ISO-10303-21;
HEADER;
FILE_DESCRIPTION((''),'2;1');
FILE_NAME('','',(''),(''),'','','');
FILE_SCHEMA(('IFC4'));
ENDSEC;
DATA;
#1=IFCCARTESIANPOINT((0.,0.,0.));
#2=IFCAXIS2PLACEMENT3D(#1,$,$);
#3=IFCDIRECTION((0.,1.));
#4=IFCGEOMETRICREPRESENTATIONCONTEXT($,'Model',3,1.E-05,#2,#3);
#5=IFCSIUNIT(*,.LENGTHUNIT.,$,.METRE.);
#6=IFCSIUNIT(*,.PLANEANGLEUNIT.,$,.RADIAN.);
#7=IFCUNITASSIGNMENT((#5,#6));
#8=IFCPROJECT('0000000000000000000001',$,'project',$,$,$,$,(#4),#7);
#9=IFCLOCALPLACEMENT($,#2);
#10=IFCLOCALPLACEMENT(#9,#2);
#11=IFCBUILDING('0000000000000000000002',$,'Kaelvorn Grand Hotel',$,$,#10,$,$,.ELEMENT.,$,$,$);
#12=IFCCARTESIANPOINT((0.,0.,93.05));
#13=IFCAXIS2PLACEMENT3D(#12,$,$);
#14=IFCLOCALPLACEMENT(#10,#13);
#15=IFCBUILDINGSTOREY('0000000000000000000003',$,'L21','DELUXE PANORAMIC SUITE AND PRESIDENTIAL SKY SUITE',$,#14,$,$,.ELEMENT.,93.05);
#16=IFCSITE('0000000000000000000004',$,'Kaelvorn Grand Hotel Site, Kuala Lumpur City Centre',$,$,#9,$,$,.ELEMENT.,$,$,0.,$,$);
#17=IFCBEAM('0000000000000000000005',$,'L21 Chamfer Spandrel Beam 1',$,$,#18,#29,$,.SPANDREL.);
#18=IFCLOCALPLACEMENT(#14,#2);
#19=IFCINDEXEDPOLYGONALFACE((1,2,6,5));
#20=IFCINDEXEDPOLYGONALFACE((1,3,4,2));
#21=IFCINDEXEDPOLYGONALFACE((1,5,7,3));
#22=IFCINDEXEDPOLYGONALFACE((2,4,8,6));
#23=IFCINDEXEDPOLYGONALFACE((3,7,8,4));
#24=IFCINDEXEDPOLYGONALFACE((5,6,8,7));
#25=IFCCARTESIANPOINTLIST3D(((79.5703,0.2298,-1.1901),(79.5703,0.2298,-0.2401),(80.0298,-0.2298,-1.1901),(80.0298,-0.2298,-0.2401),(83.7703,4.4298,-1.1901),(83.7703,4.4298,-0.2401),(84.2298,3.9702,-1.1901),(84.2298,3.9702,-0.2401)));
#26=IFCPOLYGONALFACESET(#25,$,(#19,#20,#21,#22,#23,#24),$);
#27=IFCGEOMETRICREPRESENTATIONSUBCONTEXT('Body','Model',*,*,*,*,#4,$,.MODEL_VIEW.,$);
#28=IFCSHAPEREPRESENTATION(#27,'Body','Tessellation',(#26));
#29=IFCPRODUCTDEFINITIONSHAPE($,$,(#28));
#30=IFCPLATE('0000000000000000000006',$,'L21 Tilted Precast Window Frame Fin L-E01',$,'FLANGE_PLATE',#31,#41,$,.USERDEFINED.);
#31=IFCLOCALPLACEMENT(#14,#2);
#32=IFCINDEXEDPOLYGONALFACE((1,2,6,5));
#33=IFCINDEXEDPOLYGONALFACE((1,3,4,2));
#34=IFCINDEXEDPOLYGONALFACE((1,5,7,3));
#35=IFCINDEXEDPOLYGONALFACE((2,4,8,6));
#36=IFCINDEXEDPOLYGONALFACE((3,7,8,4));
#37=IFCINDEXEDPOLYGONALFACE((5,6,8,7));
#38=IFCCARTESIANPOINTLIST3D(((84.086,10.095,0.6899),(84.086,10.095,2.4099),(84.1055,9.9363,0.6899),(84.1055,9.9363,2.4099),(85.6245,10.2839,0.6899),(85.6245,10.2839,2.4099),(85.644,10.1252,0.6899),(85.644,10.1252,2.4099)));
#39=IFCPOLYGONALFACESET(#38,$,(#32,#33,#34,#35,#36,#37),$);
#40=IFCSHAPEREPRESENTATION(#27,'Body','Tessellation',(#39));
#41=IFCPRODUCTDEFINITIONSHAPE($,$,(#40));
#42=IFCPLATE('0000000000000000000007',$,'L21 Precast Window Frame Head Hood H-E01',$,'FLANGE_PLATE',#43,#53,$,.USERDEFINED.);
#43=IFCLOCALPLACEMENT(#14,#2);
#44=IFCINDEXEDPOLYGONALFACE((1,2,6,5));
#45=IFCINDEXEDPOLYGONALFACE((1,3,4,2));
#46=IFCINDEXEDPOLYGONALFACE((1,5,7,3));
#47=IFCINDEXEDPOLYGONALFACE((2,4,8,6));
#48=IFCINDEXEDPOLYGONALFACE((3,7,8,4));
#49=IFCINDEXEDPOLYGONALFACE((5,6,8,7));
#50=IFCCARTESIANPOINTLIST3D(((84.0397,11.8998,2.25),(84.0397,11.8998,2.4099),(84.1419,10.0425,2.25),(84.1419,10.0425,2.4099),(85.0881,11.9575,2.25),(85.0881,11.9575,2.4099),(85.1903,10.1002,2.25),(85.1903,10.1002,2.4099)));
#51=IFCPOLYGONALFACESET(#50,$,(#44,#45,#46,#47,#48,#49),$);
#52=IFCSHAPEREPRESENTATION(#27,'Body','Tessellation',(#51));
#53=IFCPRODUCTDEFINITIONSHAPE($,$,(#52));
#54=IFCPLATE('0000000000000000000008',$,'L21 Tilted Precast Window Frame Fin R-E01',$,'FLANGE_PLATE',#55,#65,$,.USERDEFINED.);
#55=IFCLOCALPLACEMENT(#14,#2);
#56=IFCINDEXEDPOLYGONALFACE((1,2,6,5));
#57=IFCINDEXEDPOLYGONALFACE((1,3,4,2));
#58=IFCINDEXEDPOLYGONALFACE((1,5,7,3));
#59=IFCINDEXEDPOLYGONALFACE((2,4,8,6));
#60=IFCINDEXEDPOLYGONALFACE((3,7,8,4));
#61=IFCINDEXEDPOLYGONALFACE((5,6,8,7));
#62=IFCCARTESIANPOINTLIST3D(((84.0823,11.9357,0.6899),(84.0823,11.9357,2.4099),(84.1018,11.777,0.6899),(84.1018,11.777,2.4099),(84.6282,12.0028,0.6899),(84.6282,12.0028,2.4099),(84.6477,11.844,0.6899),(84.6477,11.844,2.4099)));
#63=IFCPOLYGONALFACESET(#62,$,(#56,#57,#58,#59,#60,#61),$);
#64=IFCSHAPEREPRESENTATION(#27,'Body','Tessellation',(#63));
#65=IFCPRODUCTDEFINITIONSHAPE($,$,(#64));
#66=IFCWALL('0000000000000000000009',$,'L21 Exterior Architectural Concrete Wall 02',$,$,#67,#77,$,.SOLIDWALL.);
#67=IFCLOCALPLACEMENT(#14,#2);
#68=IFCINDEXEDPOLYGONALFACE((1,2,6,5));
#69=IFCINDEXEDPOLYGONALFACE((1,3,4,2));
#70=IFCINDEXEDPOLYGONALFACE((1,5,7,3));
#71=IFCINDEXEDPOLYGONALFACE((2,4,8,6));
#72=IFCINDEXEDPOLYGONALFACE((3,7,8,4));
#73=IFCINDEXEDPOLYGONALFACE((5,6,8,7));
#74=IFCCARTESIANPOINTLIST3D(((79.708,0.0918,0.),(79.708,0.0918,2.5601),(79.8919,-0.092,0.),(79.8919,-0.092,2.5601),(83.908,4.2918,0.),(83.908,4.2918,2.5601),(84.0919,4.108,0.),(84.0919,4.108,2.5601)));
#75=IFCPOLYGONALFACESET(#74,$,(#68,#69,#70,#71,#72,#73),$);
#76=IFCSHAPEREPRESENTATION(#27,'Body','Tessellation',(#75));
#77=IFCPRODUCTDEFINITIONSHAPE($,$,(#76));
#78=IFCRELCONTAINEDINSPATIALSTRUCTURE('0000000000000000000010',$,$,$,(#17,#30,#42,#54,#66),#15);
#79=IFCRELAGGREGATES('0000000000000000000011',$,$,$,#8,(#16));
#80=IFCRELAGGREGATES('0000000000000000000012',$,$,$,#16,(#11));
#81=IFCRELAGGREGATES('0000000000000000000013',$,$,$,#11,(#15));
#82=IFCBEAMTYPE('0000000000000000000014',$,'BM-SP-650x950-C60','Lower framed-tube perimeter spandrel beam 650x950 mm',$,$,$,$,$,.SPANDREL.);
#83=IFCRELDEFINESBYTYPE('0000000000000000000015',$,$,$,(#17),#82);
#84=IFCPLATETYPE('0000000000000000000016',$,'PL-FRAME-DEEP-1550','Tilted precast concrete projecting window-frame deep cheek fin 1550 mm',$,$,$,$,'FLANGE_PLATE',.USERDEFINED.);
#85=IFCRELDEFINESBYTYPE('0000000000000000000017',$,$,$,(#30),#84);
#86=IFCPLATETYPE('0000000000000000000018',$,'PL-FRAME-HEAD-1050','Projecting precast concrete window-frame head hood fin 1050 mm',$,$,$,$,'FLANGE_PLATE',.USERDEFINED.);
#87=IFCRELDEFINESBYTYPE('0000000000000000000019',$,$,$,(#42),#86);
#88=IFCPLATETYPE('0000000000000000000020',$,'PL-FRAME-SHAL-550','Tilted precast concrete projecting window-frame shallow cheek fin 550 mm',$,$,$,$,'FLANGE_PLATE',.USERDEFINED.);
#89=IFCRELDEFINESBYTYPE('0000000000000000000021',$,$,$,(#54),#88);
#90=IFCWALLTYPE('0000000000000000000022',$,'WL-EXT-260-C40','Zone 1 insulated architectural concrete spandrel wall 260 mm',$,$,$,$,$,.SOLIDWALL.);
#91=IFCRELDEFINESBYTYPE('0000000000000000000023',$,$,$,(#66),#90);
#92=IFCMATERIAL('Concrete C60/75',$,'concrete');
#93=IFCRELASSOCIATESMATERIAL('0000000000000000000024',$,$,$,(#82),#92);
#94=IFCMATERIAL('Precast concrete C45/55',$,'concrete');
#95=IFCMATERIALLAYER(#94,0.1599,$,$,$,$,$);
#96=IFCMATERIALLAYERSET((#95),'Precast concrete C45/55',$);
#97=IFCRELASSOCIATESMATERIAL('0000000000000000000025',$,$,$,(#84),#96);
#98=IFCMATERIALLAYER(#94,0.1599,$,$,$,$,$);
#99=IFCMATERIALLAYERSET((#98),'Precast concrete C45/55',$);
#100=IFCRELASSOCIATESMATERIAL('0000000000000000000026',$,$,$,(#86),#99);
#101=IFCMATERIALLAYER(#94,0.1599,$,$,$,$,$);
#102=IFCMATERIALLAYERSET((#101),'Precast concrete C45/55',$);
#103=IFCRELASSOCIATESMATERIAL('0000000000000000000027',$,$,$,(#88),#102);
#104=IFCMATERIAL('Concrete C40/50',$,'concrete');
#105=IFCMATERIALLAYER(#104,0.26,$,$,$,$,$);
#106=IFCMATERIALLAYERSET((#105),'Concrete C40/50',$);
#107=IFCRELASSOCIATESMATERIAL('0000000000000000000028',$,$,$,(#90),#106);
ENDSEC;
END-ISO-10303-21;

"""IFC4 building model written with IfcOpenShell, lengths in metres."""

from ifc_helpers import new_model, si_unit, direction, frame, frame_2d, origin, origin_2d, place, context, subcontext, project, spatial, rectangle, extrude, material, layer, layer_set, material_profile, profile_set, type_object, element, save


model = new_model("IFC4")

# Units and contexts
model_context = context("Model", 3, precision=1e-05, world=origin(), true_north=direction((0.0, 1.0)))
body_context = subcontext(model_context, "Body", "Model", "MODEL_VIEW")
ifc_project = project(units=[si_unit("LENGTHUNIT", "METRE"), si_unit("PLANEANGLEUNIT", "RADIAN")], contexts=[model_context])

# Site, building, storey
site_placement = place(None, origin())
site = spatial("IfcSite", under=ifc_project, at=site_placement, Name="Kaelvorn Grand Hotel Site, Kuala Lumpur City Centre", CompositionType="ELEMENT", RefElevation=0.0)
building_placement = place(site_placement, origin())
building = spatial("IfcBuilding", under=site, at=building_placement, Name="Kaelvorn Grand Hotel", CompositionType="ELEMENT")
storey_placement = place(building_placement, frame((0.0, 0.0, 93.05)))
storey = spatial("IfcBuildingStorey", under=building, at=storey_placement, Name="L21", Description="DELUXE PANORAMIC SUITE AND PRESIDENTIAL SKY SUITE", CompositionType="ELEMENT", Elevation=93.05)

# Shared definitions
ifc_material_1 = material(Name="Concrete C60/75", Category="concrete")

# Beam
ifc_material_2 = material(Name="Concrete C40/50", Category="concrete")
ifc_material_profile_1 = material_profile(ifc_material_1, rectangle(XDim=0.6499, YDim=0.95, at=origin_2d()), Name="RC SPANDREL 650x950")
ifc_profile_set_1 = profile_set([ifc_material_profile_1], Name="Concrete C60/75")
beam_type_1 = type_object("IfcBeamType", Name="BM-SP-650x950-C60", Description="Lower framed-tube perimeter spandrel beam 650x950 mm", PredefinedType="SPANDREL", material=ifc_profile_set_1)
beam_1_placement = place(storey_placement, frame((79.8, 0.0, -0.7151), z_axis=(0.707107, 0.707107, 0.0), x_axis=(-0.707107, 0.707107, 0.0)))
element("IfcBeam", 1, at=beam_1_placement, inside=storey, type_object=beam_type_1, Name="L21 Chamfer Spandrel Beam 1", PredefinedType="SPANDREL", context=body_context, shape_type="SweptSolid", body=[
    extrude(rectangle(XDim=0.6499, YDim=0.95, at=origin_2d()), origin(), (0.0, 0.0, 1.0), 5.9397),
])

# Plates
ifc_material_3 = material(Name="Precast concrete C45/55", Category="concrete")
ifc_layer_1 = layer(ifc_material_3, 0.1599)
ifc_layer_set_1 = layer_set([ifc_layer_1], Name="Precast concrete C45/55")
plate_type_1 = type_object("IfcPlateType", Name="PL-FRAME-DEEP-1550", Description="Tilted precast concrete projecting window-frame deep cheek fin 1550 mm", ElementType="FLANGE_PLATE", PredefinedType="USERDEFINED", material=ifc_layer_set_1)
plate_1_placement = place(storey_placement, frame((84.865, 10.1101, 0.6899), z_axis=(0.0, 0.0, 1.0), x_axis=(-0.121869, 0.992546, 0.0)))
element("IfcPlate", 2, at=plate_1_placement, inside=storey, type_object=plate_type_1, Name="L21 Tilted Precast Window Frame Fin L-E01", ObjectType="FLANGE_PLATE", PredefinedType="USERDEFINED", context=body_context, shape_type="SweptSolid", body=[
    extrude(rectangle(XDim=0.1599, YDim=1.55, at=origin_2d()), origin(), (0.0, 0.0, 1.0), 1.72),
])
ifc_layer_2 = layer(ifc_material_3, 0.1599)
ifc_layer_set_2 = layer_set([ifc_layer_2], Name="Precast concrete C45/55")
plate_type_2 = type_object("IfcPlateType", Name="PL-FRAME-HEAD-1050", Description="Projecting precast concrete window-frame head hood fin 1050 mm", ElementType="FLANGE_PLATE", PredefinedType="USERDEFINED", material=ifc_layer_set_2)
plate_2_placement = place(storey_placement, frame((84.615, 11.0, 2.25), z_axis=(0.0, 0.0, 1.0), x_axis=(-0.05495, 0.998489, 0.0)))
element("IfcPlate", 3, at=plate_2_placement, inside=storey, type_object=plate_type_2, Name="L21 Precast Window Frame Head Hood H-E01", ObjectType="FLANGE_PLATE", PredefinedType="USERDEFINED", context=body_context, shape_type="SweptSolid", body=[
    extrude(rectangle(XDim=1.8601, YDim=1.05, at=origin_2d()), origin(), (0.0, 0.0, 1.0), 0.1599),
])
ifc_layer_3 = layer(ifc_material_3, 0.1599)
ifc_layer_set_3 = layer_set([ifc_layer_3], Name="Precast concrete C45/55")
plate_type_3 = type_object("IfcPlateType", Name="PL-FRAME-SHAL-550", Description="Tilted precast concrete projecting window-frame shallow cheek fin 550 mm", ElementType="FLANGE_PLATE", PredefinedType="USERDEFINED", material=ifc_layer_set_3)
plate_3_placement = place(storey_placement, frame((84.365, 11.8899, 0.6899), z_axis=(0.0, 0.0, 1.0), x_axis=(-0.121869, 0.992546, 0.0)))
element("IfcPlate", 4, at=plate_3_placement, inside=storey, type_object=plate_type_3, Name="L21 Tilted Precast Window Frame Fin R-E01", ObjectType="FLANGE_PLATE", PredefinedType="USERDEFINED", context=body_context, shape_type="SweptSolid", body=[
    extrude(rectangle(XDim=0.1599, YDim=0.55, at=origin_2d()), origin(), (0.0, 0.0, 1.0), 1.72),
])

# Wall
ifc_layer_4 = layer(ifc_material_2, 0.26)
ifc_layer_set_4 = layer_set([ifc_layer_4], Name="Concrete C40/50")
wall_type_1 = type_object("IfcWallType", Name="WL-EXT-260-C40", Description="Zone 1 insulated architectural concrete spandrel wall 260 mm", PredefinedType="SOLIDWALL", material=ifc_layer_set_4)
wall_1_placement = place(storey_placement, frame((79.8, 0.0, 0.0), z_axis=(0.0, 0.0, 1.0), x_axis=(0.707107, 0.707107, 0.0)))
element("IfcWall", 5, at=wall_1_placement, inside=storey, type_object=wall_type_1, Name="L21 Exterior Architectural Concrete Wall 02", PredefinedType="SOLIDWALL", context=body_context, shape_type="SweptSolid", body=[
    extrude(rectangle(XDim=5.9397, YDim=0.26, at=frame_2d((2.9697, 0.0))), origin(), (0.0, 0.0, 1.0), 2.5601),
])

save(model, "model.ifc")
